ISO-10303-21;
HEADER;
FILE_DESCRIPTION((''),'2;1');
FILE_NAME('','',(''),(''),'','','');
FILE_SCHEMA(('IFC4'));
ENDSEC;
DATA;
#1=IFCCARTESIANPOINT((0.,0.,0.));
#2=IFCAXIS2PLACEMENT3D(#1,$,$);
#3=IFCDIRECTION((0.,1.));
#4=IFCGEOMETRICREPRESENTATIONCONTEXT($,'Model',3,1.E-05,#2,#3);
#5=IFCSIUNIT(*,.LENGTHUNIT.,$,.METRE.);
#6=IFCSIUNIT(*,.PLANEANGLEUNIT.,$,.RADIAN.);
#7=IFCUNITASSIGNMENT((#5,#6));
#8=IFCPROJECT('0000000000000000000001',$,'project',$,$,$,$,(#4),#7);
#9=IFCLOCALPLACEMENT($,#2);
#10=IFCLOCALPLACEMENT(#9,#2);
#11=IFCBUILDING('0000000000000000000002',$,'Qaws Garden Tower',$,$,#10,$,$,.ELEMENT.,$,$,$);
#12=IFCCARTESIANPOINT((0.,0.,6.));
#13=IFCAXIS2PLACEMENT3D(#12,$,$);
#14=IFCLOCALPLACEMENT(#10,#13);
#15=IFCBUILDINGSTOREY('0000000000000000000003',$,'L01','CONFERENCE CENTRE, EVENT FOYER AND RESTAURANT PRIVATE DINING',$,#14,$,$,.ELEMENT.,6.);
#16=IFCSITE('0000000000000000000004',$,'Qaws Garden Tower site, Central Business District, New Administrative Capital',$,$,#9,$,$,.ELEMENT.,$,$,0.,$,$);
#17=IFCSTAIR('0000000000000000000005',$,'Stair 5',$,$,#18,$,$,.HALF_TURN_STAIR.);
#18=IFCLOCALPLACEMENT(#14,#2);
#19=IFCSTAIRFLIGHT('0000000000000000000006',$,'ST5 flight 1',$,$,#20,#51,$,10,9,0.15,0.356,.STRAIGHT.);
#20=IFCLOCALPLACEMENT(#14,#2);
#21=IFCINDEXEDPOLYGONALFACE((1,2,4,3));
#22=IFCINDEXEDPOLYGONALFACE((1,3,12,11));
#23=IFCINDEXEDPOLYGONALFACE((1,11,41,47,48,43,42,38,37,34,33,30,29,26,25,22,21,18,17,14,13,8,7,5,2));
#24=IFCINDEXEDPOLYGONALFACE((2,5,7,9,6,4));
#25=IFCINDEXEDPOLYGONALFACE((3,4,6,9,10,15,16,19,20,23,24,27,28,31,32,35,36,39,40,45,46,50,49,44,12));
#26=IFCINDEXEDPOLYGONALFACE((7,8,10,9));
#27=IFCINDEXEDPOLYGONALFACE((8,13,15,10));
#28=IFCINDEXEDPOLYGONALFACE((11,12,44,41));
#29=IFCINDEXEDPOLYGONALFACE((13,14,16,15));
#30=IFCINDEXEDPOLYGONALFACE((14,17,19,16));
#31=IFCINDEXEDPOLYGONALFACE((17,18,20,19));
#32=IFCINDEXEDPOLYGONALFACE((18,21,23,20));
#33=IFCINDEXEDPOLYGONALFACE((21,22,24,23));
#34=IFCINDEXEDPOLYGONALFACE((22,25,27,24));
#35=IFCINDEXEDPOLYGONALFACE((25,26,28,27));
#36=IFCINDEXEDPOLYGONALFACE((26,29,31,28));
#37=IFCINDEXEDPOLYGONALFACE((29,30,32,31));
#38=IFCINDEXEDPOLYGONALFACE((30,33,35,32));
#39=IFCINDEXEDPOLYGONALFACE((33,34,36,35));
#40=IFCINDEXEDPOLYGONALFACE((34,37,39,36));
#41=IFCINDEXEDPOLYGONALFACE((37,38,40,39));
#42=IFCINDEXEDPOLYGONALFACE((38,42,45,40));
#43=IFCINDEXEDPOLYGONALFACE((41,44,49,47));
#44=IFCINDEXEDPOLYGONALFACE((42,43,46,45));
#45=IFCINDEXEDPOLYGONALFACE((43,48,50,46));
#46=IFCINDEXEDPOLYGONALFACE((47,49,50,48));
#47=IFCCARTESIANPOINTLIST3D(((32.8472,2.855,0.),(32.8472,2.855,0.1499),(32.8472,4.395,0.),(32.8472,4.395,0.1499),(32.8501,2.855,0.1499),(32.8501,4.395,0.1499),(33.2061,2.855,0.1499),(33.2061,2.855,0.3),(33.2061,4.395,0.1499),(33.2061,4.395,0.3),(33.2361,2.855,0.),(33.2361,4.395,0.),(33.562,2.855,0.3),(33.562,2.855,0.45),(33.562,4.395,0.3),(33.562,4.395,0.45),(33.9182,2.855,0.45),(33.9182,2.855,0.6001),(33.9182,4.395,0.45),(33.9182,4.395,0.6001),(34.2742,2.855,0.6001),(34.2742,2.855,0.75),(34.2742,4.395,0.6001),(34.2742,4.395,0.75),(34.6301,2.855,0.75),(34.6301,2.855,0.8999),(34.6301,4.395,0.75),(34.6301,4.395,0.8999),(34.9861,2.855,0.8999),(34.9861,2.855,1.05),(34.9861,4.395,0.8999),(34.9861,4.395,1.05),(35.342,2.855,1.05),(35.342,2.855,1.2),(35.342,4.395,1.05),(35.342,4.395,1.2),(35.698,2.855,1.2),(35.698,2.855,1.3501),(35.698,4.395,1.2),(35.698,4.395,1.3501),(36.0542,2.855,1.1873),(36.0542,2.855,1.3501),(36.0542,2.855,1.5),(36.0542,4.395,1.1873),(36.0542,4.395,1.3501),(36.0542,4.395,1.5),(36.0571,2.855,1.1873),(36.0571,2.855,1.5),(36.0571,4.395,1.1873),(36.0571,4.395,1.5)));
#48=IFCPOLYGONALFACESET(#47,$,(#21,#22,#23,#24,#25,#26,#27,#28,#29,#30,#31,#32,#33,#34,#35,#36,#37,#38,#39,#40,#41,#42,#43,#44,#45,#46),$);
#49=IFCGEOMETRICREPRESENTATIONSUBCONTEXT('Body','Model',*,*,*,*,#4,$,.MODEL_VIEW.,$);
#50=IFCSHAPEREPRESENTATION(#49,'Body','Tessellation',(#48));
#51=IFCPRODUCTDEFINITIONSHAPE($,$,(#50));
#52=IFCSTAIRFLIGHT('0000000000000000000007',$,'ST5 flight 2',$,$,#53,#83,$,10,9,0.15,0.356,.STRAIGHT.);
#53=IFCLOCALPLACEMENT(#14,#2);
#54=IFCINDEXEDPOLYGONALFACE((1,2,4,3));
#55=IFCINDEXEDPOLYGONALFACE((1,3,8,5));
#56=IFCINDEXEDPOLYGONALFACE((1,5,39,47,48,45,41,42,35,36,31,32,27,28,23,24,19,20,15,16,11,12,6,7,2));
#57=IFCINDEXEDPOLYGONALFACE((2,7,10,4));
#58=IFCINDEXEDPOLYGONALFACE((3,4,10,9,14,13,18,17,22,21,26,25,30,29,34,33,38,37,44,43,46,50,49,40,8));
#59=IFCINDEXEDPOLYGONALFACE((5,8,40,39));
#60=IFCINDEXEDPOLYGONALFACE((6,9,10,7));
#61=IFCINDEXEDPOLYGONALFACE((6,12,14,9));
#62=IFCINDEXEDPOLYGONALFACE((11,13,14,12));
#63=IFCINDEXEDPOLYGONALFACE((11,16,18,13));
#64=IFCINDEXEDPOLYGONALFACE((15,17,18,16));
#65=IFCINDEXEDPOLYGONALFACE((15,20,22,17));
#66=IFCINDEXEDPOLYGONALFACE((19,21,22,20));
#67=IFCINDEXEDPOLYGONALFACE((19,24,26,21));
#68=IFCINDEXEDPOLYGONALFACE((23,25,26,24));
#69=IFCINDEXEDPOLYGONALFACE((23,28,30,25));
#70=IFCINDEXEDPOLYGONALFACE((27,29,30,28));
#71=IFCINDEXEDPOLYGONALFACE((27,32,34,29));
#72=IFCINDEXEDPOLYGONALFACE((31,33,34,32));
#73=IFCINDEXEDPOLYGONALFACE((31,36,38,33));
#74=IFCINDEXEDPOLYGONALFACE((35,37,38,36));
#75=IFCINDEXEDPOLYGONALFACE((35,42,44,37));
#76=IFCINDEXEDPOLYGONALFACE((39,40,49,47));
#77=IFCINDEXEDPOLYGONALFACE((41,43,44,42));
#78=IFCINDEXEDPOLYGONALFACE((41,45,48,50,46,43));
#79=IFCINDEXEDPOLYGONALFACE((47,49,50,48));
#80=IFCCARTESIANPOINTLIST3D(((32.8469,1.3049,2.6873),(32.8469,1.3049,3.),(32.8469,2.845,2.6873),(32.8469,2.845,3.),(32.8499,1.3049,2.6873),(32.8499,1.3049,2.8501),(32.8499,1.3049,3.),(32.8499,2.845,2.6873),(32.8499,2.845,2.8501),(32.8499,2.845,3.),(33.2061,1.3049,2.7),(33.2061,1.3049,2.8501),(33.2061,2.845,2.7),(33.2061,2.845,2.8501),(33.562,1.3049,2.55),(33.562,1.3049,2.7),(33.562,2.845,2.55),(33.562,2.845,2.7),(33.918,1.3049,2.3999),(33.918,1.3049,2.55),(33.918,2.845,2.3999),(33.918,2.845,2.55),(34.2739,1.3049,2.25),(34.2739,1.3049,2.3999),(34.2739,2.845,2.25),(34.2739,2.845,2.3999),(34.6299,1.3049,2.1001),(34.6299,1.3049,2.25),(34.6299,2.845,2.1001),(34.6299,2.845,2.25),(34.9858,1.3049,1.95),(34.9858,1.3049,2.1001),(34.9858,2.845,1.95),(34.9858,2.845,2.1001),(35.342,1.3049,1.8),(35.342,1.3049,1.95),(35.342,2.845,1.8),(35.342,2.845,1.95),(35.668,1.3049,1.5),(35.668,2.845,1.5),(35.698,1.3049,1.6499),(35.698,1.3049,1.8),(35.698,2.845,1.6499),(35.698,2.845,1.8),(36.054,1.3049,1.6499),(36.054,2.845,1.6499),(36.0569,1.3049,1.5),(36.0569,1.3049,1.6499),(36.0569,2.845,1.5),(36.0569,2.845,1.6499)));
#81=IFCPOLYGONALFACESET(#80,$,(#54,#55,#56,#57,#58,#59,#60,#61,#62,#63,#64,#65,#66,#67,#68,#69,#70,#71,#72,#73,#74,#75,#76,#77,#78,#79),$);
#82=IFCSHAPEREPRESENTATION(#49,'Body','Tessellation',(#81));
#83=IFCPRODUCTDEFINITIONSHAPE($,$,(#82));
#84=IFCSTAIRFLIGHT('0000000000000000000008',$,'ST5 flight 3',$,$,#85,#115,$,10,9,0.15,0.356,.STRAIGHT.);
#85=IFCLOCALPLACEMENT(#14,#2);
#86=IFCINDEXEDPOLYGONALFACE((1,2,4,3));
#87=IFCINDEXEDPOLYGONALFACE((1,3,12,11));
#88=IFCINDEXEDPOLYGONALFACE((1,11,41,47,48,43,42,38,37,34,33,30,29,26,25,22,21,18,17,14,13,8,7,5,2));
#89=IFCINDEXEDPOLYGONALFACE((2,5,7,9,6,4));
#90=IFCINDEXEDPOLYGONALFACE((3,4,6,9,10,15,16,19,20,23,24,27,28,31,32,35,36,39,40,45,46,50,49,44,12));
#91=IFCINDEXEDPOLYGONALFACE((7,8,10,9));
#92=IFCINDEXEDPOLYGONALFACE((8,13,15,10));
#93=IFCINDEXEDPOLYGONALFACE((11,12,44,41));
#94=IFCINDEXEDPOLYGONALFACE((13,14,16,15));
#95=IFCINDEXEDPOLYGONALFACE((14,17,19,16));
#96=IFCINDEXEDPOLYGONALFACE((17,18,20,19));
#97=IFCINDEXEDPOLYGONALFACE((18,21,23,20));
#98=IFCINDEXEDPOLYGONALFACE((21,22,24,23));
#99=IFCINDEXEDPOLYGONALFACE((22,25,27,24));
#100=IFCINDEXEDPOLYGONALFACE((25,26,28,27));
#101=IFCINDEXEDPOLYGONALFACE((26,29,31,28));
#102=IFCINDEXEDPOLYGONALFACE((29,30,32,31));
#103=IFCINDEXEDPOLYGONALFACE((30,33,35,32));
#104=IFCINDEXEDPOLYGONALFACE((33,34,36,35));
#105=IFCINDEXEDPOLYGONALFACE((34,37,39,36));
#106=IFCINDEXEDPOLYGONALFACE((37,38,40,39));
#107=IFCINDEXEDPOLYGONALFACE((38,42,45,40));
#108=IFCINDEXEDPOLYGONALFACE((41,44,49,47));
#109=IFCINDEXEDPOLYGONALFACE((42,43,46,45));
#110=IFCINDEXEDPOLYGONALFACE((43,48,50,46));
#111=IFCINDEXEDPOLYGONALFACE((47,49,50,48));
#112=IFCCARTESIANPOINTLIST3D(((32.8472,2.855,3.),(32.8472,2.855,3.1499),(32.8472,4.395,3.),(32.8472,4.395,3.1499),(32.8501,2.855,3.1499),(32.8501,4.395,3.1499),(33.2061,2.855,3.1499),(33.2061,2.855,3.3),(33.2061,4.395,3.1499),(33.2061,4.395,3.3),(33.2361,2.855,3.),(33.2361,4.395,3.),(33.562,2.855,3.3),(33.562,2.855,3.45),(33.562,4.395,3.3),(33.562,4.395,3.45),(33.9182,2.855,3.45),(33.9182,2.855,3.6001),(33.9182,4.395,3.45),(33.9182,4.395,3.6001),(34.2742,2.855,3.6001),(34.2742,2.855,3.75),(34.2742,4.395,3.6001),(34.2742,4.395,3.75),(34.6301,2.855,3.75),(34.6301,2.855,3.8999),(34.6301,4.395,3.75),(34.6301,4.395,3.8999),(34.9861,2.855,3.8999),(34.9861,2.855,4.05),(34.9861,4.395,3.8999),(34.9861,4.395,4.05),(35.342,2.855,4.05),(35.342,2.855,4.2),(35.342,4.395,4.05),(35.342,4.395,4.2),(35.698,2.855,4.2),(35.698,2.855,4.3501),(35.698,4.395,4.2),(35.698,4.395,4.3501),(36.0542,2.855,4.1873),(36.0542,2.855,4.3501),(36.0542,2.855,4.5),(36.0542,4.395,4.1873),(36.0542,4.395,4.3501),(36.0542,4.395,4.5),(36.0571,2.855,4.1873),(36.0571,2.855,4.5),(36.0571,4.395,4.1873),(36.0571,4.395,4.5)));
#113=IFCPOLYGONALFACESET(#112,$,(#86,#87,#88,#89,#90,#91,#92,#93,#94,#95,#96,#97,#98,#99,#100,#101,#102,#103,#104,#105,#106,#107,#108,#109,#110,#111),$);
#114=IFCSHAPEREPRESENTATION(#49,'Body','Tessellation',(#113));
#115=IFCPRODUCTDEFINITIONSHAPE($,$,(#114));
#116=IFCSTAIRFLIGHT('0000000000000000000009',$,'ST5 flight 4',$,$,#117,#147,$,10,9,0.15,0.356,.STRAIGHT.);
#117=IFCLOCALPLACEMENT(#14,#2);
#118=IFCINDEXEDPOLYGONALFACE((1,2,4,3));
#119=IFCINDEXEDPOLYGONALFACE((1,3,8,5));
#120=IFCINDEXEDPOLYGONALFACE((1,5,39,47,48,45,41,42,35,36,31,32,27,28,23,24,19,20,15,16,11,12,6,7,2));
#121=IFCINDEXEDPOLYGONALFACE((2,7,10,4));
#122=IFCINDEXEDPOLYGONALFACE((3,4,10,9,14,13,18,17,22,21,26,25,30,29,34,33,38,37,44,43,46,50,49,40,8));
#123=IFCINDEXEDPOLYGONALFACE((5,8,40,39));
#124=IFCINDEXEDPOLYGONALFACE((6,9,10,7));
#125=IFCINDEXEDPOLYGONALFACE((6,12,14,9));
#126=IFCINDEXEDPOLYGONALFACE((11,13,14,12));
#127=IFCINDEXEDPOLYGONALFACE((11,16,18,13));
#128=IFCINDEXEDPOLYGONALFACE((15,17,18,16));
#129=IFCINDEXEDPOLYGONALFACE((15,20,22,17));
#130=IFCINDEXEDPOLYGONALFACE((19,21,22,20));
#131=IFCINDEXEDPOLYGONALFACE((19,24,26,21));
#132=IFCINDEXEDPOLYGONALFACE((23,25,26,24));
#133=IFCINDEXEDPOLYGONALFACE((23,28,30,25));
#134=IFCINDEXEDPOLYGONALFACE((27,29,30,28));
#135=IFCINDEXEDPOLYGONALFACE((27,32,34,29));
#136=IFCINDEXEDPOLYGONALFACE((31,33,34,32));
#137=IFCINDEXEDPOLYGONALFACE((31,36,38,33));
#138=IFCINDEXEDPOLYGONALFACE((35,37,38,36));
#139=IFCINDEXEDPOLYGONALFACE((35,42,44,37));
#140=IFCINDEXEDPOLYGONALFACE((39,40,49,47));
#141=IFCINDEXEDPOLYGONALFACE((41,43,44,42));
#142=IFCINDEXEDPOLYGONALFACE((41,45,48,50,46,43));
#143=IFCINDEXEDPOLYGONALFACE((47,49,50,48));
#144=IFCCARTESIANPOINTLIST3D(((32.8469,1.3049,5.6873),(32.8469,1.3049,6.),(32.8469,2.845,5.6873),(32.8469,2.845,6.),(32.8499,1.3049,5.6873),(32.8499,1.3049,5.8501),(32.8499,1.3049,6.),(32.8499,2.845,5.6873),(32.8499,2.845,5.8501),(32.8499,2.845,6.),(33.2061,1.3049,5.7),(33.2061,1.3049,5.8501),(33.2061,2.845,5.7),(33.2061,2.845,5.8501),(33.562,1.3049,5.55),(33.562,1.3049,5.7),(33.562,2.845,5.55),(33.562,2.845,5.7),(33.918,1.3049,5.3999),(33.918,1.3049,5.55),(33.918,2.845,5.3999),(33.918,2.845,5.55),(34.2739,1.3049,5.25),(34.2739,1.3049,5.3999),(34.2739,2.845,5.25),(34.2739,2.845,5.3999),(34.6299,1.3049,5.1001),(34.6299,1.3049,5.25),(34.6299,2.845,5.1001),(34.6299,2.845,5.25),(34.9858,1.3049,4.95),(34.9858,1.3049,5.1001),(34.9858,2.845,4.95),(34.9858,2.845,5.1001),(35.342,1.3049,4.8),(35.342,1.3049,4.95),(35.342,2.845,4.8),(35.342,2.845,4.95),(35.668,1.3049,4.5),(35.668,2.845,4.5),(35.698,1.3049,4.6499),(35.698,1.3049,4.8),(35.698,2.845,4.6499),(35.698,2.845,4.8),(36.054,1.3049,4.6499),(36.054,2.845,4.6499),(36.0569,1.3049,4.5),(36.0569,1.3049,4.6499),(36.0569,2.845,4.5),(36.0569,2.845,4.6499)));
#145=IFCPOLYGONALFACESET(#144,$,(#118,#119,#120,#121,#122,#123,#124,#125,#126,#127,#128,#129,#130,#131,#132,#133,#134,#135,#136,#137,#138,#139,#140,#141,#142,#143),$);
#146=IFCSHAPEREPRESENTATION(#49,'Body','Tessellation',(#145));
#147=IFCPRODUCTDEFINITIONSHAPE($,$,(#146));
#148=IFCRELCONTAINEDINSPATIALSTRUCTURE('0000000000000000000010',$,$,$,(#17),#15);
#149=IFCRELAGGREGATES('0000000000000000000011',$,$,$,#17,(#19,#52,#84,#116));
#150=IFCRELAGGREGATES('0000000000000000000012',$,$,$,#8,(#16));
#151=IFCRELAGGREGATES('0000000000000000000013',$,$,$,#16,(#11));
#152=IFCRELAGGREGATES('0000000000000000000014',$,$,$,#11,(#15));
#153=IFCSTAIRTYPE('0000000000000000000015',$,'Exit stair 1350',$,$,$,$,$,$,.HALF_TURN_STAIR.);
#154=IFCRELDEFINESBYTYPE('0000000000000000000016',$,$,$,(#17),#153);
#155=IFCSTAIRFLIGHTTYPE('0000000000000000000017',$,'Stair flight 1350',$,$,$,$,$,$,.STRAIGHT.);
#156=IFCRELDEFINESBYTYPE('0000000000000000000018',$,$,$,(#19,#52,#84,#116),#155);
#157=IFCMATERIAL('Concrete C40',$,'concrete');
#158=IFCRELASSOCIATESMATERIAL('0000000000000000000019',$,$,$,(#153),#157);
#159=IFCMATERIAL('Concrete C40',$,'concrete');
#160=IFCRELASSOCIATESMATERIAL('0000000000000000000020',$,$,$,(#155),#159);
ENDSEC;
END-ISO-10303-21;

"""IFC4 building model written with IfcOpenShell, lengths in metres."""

from ifc_helpers import new_model, si_unit, direction, frame, origin, place, context, subcontext, project, spatial, polyline, outline, extrude, material, type_object, element, aggregate, save


model = new_model("IFC4")

# Units and contexts
model_context = context("Model", 3, precision=1e-05, world=origin(), true_north=direction((0.0, 1.0)))
body_context = subcontext(model_context, "Body", "Model", "MODEL_VIEW")
ifc_project = project(units=[si_unit("LENGTHUNIT", "METRE"), si_unit("PLANEANGLEUNIT", "RADIAN")], contexts=[model_context])

# Site, building, storey
site_placement = place(None, origin())
site = spatial("IfcSite", under=ifc_project, at=site_placement, Name="Qaws Garden Tower site, Central Business District, New Administrative Capital", CompositionType="ELEMENT", RefElevation=0.0)
building_placement = place(site_placement, origin())
building = spatial("IfcBuilding", under=site, at=building_placement, Name="Qaws Garden Tower", CompositionType="ELEMENT")
storey_placement = place(building_placement, frame((0.0, 0.0, 6.0)))
storey = spatial("IfcBuildingStorey", under=building, at=storey_placement, Name="L01", Description="CONFERENCE CENTRE, EVENT FOYER AND RESTAURANT PRIVATE DINING", CompositionType="ELEMENT", Elevation=6.0)

# Stair, stair flights
ifc_material_1 = material(Name="Concrete C40", Category="concrete")
stair_type = type_object("IfcStairType", Name="Exit stair 1350", PredefinedType="HALF_TURN_STAIR", material=ifc_material_1)
stair_placement = place(storey_placement, origin())
stair = element("IfcStair", 1, at=stair_placement, inside=storey, type_object=stair_type, Name="Stair 5", PredefinedType="HALF_TURN_STAIR")
ifc_material_2 = material(Name="Concrete C40", Category="concrete")
stair_flight_type = type_object("IfcStairFlightType", Name="Stair flight 1350", PredefinedType="STRAIGHT", material=ifc_material_2)
stair_flight_1_placement = place(storey_placement, frame((32.8501, 3.625, 0.0), z_axis=(0.0, 0.0, 1.0), x_axis=(1.0, 0.0, 0.0)))
stair_flight_1 = element("IfcStairFlight", 2, at=stair_flight_1_placement, type_object=stair_flight_type, Name="ST5 flight 1", NumberOfRisers=10, NumberOfTreads=9, PredefinedType="STRAIGHT", RiserHeight=0.15, TreadLength=0.356, context=body_context, shape_type="SweptSolid", body=[
    extrude(outline(polyline([(-0.0029, 0.0), (-0.0029, 0.1499), (0.0, 0.1499), (0.356, 0.1499), (0.356, 0.3), (0.7119, 0.3), (0.7119, 0.45), (1.0681, 0.45), (1.0681, 0.6001), (1.4241, 0.6001), (1.4241, 0.75), (1.78, 0.75), (1.78, 0.8999), (2.136, 0.8999), (2.136, 1.05), (2.4919, 1.05), (2.4919, 1.2), (2.8479, 1.2), (2.8479, 1.3501), (3.2041, 1.3501), (3.2041, 1.5), (3.207, 1.5), (3.207, 1.1873), (3.2041, 1.1873), (0.386, 0.0), (-0.0029, 0.0)])), frame((0.0, 0.77, 0.0), z_axis=(0.0, -1.0, 0.0), x_axis=(1.0, 0.0, 0.0)), (0.0, 0.0, 1.0), 1.54),
])
stair_flight_2_placement = place(storey_placement, frame((36.054, 2.075, 1.5), z_axis=(0.0, 0.0, 1.0), x_axis=(-1.0, 0.0, 0.0)))
stair_flight_2 = element("IfcStairFlight", 3, at=stair_flight_2_placement, type_object=stair_flight_type, Name="ST5 flight 2", NumberOfRisers=10, NumberOfTreads=9, PredefinedType="STRAIGHT", RiserHeight=0.15, TreadLength=0.356, context=body_context, shape_type="SweptSolid", body=[
    extrude(outline(polyline([(-0.0029, 0.0), (-0.0029, 0.1499), (0.0, 0.1499), (0.356, 0.1499), (0.356, 0.3), (0.7119, 0.3), (0.7119, 0.45), (1.0681, 0.45), (1.0681, 0.6001), (1.4241, 0.6001), (1.4241, 0.75), (1.78, 0.75), (1.78, 0.8999), (2.136, 0.8999), (2.136, 1.05), (2.4919, 1.05), (2.4919, 1.2), (2.8479, 1.2), (2.8479, 1.3501), (3.2041, 1.3501), (3.2041, 1.5), (3.207, 1.5), (3.207, 1.1873), (3.2041, 1.1873), (0.386, 0.0), (-0.0029, 0.0)])), frame((0.0, 0.77, 0.0), z_axis=(0.0, -1.0, 0.0), x_axis=(1.0, 0.0, 0.0)), (0.0, 0.0, 1.0), 1.54),
])
stair_flight_3_placement = place(storey_placement, frame((32.8501, 3.625, 3.0), z_axis=(0.0, 0.0, 1.0), x_axis=(1.0, 0.0, 0.0)))
stair_flight_3 = element("IfcStairFlight", 4, at=stair_flight_3_placement, type_object=stair_flight_type, Name="ST5 flight 3", NumberOfRisers=10, NumberOfTreads=9, PredefinedType="STRAIGHT", RiserHeight=0.15, TreadLength=0.356, context=body_context, shape_type="SweptSolid", body=[
    extrude(outline(polyline([(-0.0029, 0.0), (-0.0029, 0.1499), (0.0, 0.1499), (0.356, 0.1499), (0.356, 0.3), (0.7119, 0.3), (0.7119, 0.45), (1.0681, 0.45), (1.0681, 0.6001), (1.4241, 0.6001), (1.4241, 0.75), (1.78, 0.75), (1.78, 0.8999), (2.136, 0.8999), (2.136, 1.05), (2.4919, 1.05), (2.4919, 1.2), (2.8479, 1.2), (2.8479, 1.3501), (3.2041, 1.3501), (3.2041, 1.5), (3.207, 1.5), (3.207, 1.1873), (3.2041, 1.1873), (0.386, 0.0), (-0.0029, 0.0)])), frame((0.0, 0.77, 0.0), z_axis=(0.0, -1.0, 0.0), x_axis=(1.0, 0.0, 0.0)), (0.0, 0.0, 1.0), 1.54),
])
stair_flight_4_placement = place(storey_placement, frame((36.054, 2.075, 4.5), z_axis=(0.0, 0.0, 1.0), x_axis=(-1.0, 0.0, 0.0)))
stair_flight_4 = element("IfcStairFlight", 5, at=stair_flight_4_placement, type_object=stair_flight_type, Name="ST5 flight 4", NumberOfRisers=10, NumberOfTreads=9, PredefinedType="STRAIGHT", RiserHeight=0.15, TreadLength=0.356, context=body_context, shape_type="SweptSolid", body=[
    extrude(outline(polyline([(-0.0029, 0.0), (-0.0029, 0.1499), (0.0, 0.1499), (0.356, 0.1499), (0.356, 0.3), (0.7119, 0.3), (0.7119, 0.45), (1.0681, 0.45), (1.0681, 0.6001), (1.4241, 0.6001), (1.4241, 0.75), (1.78, 0.75), (1.78, 0.8999), (2.136, 0.8999), (2.136, 1.05), (2.4919, 1.05), (2.4919, 1.2), (2.8479, 1.2), (2.8479, 1.3501), (3.2041, 1.3501), (3.2041, 1.5), (3.207, 1.5), (3.207, 1.1873), (3.2041, 1.1873), (0.386, 0.0), (-0.0029, 0.0)])), frame((0.0, 0.77, 0.0), z_axis=(0.0, -1.0, 0.0), x_axis=(1.0, 0.0, 0.0)), (0.0, 0.0, 1.0), 1.54),
])
aggregate(stair, [stair_flight_1, stair_flight_2, stair_flight_3, stair_flight_4])

save(model, "model.ifc")
